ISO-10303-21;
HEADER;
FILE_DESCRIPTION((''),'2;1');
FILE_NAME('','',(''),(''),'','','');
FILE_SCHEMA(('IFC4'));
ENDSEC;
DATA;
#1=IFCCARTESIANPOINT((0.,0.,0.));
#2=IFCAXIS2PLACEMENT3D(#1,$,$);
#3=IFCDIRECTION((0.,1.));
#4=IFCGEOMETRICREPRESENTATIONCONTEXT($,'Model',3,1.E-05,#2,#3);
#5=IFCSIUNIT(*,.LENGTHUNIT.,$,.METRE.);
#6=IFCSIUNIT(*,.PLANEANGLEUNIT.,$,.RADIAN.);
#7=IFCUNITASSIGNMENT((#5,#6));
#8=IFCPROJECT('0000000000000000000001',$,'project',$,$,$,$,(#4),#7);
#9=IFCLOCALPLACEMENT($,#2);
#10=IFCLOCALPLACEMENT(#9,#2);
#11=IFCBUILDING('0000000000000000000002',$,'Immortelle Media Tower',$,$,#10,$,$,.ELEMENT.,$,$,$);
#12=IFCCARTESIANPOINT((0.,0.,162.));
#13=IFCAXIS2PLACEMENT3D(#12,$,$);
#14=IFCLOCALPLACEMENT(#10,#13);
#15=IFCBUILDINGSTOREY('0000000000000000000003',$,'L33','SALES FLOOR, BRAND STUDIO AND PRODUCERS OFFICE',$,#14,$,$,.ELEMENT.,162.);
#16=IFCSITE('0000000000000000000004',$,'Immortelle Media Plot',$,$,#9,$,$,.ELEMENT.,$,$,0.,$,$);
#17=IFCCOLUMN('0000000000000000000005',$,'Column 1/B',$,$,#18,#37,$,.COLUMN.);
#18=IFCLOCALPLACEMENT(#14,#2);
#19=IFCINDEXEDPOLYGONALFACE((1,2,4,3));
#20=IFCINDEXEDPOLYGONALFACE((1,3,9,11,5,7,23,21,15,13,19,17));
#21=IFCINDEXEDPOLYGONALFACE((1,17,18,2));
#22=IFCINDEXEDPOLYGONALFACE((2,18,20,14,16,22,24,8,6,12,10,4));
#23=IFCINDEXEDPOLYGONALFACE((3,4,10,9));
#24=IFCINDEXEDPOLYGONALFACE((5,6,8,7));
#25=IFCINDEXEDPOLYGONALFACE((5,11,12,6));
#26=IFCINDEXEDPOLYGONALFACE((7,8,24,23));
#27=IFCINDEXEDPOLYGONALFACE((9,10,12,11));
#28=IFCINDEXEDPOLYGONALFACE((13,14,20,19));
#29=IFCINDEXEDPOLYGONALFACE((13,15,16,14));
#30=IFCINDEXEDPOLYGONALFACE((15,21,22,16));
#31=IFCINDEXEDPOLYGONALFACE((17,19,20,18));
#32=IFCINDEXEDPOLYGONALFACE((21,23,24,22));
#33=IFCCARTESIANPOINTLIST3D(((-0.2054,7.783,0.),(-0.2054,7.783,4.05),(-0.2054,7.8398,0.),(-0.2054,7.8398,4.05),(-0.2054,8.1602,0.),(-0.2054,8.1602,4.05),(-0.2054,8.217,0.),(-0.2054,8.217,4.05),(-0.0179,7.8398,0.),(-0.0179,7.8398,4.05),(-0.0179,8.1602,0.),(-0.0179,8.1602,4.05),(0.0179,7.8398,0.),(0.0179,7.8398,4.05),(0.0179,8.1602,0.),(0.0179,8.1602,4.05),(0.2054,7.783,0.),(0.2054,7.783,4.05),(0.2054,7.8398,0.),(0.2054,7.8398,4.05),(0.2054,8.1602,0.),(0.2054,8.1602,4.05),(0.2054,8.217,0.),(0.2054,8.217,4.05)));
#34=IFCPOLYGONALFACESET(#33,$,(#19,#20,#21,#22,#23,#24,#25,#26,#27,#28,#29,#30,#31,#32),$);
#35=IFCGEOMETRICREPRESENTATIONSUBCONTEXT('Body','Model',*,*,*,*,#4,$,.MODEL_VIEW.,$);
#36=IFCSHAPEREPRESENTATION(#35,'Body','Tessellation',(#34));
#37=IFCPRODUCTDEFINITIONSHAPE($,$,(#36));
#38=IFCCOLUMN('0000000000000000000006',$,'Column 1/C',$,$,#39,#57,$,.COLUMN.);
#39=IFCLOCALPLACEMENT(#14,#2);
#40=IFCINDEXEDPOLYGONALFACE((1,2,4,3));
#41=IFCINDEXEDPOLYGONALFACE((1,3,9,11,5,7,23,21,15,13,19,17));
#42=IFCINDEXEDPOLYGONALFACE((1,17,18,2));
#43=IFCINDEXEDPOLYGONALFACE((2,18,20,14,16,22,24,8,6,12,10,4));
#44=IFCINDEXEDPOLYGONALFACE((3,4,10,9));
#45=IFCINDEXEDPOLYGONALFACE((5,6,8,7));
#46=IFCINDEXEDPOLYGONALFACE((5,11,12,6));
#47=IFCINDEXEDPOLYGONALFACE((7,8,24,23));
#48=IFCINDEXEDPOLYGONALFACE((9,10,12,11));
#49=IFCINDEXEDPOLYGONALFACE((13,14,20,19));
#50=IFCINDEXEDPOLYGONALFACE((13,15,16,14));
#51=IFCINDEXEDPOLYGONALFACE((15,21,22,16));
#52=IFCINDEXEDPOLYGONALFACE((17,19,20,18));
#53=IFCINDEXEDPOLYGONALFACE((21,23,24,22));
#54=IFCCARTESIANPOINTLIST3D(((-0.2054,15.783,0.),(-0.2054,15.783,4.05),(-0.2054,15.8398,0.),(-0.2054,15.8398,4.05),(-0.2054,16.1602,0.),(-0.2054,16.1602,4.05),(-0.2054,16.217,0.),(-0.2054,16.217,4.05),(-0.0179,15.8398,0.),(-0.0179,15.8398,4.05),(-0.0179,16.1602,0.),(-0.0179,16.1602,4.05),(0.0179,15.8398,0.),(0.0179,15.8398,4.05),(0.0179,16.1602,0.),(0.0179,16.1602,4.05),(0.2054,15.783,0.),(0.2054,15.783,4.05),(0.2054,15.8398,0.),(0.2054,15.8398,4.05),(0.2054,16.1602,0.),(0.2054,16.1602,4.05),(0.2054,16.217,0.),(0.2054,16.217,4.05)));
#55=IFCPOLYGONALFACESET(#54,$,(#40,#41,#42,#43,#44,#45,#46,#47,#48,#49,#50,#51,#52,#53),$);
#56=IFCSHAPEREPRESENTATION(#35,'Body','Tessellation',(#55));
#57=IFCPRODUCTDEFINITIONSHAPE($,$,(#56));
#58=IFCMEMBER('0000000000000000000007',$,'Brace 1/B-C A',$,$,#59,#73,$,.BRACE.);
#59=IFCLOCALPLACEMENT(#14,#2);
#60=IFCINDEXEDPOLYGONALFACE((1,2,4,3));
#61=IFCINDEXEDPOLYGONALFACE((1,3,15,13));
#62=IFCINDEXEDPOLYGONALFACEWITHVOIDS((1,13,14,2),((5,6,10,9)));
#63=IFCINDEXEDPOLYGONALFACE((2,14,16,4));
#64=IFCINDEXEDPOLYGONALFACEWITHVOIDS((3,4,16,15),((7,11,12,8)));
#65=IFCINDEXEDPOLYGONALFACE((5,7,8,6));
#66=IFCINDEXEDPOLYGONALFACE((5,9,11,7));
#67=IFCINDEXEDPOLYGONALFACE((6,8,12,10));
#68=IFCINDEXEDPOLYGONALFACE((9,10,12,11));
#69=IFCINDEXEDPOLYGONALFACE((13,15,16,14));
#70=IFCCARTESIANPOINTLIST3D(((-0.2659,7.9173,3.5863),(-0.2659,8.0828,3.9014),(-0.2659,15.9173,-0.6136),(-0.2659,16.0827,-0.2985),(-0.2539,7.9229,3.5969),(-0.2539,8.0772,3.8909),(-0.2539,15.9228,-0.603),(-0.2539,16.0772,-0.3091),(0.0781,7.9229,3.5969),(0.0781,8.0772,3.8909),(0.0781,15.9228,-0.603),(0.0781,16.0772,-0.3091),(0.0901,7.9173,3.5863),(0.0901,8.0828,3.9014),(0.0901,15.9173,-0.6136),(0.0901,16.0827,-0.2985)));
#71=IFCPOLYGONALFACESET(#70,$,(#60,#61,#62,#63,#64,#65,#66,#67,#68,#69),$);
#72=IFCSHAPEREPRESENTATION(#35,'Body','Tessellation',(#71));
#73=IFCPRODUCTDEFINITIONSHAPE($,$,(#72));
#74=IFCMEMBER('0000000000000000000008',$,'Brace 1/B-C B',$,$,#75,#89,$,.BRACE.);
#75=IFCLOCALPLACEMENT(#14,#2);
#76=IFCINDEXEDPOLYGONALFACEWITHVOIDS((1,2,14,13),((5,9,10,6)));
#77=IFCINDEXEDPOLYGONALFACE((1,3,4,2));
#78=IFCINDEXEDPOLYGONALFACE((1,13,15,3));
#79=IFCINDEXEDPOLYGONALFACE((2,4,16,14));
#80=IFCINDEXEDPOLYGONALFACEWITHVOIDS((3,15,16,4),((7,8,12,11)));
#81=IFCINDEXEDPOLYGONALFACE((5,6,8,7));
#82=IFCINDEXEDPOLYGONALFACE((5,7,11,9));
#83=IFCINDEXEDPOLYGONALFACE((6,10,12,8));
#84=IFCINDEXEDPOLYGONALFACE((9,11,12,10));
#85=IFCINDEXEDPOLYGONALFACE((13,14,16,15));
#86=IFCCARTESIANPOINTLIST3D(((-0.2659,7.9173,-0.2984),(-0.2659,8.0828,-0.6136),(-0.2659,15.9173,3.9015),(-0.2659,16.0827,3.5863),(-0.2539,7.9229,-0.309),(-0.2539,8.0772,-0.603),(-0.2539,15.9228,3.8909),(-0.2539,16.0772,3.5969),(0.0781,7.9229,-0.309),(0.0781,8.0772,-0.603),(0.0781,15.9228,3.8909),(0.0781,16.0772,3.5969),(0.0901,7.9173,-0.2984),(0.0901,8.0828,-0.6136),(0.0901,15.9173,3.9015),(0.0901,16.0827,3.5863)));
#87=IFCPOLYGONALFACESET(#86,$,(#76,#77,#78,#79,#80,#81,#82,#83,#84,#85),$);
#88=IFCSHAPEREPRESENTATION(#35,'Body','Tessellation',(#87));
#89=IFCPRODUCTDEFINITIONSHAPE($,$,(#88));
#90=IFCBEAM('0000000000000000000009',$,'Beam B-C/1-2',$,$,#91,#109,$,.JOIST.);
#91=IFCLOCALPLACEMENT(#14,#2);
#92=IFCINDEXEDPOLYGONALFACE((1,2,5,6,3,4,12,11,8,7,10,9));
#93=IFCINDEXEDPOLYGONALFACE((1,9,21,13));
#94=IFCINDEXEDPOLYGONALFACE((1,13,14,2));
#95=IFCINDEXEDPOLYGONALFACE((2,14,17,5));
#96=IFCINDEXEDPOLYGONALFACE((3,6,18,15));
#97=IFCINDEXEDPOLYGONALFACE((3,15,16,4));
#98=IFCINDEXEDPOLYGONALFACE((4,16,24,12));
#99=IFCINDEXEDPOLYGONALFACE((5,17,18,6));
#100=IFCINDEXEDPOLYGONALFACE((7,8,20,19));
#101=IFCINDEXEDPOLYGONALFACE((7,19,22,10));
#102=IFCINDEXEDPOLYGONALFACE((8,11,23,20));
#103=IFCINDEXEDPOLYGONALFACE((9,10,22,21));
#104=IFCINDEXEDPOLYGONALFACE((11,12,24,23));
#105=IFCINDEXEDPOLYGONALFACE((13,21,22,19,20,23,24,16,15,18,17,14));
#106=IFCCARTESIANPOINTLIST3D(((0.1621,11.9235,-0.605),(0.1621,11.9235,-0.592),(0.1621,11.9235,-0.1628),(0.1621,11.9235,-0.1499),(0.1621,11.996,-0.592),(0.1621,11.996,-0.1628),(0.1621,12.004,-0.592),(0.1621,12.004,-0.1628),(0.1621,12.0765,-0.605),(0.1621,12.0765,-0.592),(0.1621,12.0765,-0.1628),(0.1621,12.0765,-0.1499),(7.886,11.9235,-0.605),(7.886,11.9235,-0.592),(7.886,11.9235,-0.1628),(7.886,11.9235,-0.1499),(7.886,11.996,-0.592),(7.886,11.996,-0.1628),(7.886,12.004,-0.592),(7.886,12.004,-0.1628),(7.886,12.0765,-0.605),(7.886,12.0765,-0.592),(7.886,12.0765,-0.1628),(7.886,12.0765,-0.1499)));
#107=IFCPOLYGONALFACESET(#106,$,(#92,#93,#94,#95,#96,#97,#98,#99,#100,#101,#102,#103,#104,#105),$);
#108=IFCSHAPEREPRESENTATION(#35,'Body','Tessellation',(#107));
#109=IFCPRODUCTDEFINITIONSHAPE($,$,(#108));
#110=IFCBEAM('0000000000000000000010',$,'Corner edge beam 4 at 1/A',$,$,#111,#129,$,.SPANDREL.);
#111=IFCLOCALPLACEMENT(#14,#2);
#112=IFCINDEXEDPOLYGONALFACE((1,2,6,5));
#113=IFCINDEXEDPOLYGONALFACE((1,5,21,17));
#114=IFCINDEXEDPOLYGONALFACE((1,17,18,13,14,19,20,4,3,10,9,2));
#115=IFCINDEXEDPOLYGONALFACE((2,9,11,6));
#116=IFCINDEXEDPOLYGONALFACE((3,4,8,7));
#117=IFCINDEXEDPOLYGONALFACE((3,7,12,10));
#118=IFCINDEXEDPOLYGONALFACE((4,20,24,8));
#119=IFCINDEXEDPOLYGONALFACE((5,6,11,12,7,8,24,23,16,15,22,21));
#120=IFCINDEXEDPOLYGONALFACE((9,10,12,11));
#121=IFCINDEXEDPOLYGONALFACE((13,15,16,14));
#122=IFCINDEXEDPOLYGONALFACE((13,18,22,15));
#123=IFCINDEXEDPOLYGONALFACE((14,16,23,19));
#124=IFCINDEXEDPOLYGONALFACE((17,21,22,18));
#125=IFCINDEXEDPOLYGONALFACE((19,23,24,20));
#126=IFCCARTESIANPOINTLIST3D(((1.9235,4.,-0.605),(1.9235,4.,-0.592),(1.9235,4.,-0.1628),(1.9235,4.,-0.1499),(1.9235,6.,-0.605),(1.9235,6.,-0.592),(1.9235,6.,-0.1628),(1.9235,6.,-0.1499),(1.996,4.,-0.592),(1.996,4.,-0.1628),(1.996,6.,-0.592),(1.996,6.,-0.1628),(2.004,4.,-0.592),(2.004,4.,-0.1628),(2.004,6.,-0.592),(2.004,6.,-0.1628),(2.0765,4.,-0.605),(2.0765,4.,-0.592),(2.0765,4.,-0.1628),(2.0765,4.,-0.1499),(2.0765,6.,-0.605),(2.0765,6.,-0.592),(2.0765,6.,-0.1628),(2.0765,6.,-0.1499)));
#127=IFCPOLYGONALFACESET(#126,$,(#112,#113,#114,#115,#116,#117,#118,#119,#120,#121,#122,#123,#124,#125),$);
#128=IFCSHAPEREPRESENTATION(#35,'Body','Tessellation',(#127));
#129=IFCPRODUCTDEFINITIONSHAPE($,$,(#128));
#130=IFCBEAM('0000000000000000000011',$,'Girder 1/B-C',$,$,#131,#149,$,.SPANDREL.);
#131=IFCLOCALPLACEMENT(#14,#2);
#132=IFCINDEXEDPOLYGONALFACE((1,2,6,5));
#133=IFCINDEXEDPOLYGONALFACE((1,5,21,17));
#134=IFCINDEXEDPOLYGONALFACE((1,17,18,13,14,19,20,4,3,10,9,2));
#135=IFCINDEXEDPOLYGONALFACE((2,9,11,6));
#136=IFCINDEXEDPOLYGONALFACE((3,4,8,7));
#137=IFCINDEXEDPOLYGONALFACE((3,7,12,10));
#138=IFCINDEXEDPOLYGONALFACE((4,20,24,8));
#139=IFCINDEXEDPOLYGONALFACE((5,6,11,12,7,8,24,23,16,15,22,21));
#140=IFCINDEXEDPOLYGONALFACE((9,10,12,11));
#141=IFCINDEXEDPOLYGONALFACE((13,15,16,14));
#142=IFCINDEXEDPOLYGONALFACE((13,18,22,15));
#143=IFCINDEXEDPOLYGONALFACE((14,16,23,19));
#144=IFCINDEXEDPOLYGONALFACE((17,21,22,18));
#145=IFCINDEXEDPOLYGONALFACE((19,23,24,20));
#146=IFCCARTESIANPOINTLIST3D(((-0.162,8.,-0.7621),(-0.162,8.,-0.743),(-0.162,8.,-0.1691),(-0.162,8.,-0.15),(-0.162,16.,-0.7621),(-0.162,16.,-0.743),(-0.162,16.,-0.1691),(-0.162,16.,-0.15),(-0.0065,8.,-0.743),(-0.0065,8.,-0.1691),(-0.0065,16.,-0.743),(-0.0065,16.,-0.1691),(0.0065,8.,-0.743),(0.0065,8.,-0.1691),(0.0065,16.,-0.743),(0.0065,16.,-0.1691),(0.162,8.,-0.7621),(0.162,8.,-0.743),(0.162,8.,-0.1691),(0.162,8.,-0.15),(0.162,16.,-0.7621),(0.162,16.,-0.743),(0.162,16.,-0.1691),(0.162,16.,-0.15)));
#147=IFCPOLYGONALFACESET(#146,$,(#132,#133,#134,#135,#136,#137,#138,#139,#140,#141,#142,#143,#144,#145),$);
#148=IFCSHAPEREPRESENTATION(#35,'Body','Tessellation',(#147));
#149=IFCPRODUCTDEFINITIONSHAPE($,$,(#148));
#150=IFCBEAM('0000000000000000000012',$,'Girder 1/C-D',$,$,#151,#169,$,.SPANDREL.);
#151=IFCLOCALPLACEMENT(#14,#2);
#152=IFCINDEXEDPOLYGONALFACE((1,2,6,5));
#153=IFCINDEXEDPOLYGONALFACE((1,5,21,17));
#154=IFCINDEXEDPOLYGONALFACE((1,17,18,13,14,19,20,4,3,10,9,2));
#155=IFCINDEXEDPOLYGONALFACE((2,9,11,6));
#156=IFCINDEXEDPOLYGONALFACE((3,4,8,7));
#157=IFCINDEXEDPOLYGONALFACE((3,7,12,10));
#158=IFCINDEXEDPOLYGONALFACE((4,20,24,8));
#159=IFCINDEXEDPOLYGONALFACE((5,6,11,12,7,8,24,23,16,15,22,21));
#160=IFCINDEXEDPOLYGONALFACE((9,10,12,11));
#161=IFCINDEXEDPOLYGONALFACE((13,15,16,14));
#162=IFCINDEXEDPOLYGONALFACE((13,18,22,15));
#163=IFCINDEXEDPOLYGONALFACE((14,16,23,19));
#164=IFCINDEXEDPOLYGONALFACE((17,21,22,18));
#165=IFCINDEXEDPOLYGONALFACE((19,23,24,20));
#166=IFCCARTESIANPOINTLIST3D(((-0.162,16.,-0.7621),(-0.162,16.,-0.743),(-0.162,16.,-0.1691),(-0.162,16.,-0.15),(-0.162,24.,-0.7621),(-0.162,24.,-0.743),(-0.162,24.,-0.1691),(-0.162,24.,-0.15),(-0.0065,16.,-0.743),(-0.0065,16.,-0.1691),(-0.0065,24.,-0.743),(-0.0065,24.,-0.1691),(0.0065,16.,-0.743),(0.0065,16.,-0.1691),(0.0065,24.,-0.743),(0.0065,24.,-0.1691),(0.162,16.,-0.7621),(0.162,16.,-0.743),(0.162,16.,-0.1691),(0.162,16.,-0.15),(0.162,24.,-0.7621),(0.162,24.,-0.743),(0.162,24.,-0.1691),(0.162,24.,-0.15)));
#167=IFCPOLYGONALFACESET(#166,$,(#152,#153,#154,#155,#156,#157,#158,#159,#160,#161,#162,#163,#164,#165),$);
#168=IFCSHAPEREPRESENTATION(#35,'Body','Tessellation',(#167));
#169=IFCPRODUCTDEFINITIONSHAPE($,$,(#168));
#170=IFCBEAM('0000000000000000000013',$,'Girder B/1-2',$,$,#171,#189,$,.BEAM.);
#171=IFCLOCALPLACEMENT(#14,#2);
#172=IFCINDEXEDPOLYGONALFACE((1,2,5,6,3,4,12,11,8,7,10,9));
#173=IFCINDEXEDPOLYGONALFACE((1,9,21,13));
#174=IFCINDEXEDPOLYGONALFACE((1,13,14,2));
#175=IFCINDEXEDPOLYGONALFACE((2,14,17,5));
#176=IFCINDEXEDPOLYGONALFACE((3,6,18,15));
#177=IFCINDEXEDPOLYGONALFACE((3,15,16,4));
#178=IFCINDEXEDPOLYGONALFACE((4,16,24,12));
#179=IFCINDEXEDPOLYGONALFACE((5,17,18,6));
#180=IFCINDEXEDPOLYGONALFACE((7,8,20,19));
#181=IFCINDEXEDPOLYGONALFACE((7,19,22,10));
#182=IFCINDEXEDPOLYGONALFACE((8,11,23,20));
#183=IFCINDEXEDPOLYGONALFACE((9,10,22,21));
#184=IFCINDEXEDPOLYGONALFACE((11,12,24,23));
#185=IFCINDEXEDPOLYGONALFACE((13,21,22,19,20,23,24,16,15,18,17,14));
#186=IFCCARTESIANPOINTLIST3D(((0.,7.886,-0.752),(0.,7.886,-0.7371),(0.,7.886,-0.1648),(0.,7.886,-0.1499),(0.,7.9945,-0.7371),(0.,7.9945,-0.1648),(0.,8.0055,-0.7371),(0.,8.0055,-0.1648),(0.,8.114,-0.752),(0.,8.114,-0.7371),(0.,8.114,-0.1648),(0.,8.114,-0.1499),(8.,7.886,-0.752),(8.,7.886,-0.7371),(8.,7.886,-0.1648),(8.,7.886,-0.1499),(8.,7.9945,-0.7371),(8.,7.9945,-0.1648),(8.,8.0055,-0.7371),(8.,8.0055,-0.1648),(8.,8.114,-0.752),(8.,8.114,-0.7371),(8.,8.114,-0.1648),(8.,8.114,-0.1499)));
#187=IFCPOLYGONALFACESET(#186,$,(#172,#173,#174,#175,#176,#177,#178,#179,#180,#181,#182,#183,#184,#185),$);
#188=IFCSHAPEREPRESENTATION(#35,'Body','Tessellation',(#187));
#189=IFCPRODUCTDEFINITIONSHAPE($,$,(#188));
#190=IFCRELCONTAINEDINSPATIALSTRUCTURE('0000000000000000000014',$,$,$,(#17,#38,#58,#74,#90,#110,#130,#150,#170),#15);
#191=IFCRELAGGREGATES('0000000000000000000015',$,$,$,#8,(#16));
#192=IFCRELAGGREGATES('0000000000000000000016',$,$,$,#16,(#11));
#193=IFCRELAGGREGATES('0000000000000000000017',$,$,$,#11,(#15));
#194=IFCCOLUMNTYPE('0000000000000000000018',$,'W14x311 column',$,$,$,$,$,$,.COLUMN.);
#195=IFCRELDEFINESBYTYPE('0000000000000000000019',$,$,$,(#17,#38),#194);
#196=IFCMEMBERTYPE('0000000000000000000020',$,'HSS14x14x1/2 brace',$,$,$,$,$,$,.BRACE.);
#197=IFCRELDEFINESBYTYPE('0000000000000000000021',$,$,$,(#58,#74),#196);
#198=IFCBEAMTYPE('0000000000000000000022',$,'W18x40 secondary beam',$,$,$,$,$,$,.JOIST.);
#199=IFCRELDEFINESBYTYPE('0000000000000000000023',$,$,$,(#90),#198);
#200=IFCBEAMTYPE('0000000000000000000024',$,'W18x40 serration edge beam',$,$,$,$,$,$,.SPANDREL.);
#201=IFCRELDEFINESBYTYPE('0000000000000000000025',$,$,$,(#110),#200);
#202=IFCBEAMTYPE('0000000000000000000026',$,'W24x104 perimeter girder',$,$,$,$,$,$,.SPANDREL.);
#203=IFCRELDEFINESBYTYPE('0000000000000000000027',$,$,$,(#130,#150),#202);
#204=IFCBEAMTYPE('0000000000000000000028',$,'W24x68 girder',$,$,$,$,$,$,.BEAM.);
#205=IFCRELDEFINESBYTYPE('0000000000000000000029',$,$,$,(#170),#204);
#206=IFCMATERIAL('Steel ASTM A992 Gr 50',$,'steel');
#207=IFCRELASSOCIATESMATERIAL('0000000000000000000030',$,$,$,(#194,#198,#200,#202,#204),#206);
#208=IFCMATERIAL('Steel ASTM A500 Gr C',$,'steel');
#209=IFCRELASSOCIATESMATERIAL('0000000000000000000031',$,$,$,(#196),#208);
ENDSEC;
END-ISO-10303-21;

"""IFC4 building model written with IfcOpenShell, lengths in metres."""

from ifc_helpers import new_model, si_unit, direction, frame, origin, origin_2d, place, context, subcontext, project, spatial, hollow_rectangle, i_section, extrude, material, material_profile, profile_set, type_object, element, save


model = new_model("IFC4")

# Units and contexts
model_context = context("Model", 3, precision=1e-05, world=origin(), true_north=direction((0.0, 1.0)))
body_context = subcontext(model_context, "Body", "Model", "MODEL_VIEW")
ifc_project = project(units=[si_unit("LENGTHUNIT", "METRE"), si_unit("PLANEANGLEUNIT", "RADIAN")], contexts=[model_context])

# Site, building, storey
site_placement = place(None, origin())
site = spatial("IfcSite", under=ifc_project, at=site_placement, Name="Immortelle Media Plot", CompositionType="ELEMENT", RefElevation=0.0)
building_placement = place(site_placement, origin())
building = spatial("IfcBuilding", under=site, at=building_placement, Name="Immortelle Media Tower", CompositionType="ELEMENT")
storey_placement = place(building_placement, frame((0.0, 0.0, 162.0)))
storey = spatial("IfcBuildingStorey", under=building, at=storey_placement, Name="L33", Description="SALES FLOOR, BRAND STUDIO AND PRODUCERS OFFICE", CompositionType="ELEMENT", Elevation=162.0)

# Columns
ifc_material_1 = material(Name="Steel ASTM A992 Gr 50", Category="steel")
ifc_material_profile_1 = material_profile(ifc_material_1, i_section(OverallWidth=0.4109, OverallDepth=0.4341, WebThickness=0.0359, FlangeThickness=0.0569, at=origin_2d()), Name="W14x311")
ifc_profile_set_1 = profile_set([ifc_material_profile_1], Name="Steel ASTM A992 Gr 50")
column_type = type_object("IfcColumnType", Name="W14x311 column", PredefinedType="COLUMN", material=ifc_profile_set_1)
for number, where, z_axis, x_axis, name in (
    (1, (0.0, 8.0, 0.0), (0.0, 0.0, 1.0), (1.0, 0.0, 0.0), "Column 1/B"),
    (2, (0.0, 16.0, 0.0), (0.0, 0.0, 1.0), (1.0, 0.0, 0.0), "Column 1/C"),
):
    element("IfcColumn", number, at=place(storey_placement, frame(where, z_axis=z_axis, x_axis=x_axis)), inside=storey, type_object=column_type, Name=name, PredefinedType="COLUMN", context=body_context, shape_type="SweptSolid", body=[
        extrude(i_section(OverallWidth=0.4109, OverallDepth=0.4341, WebThickness=0.0359, FlangeThickness=0.0569, at=origin_2d()), origin(), (0.0, 0.0, 1.0), 4.05),
    ])

# Members
ifc_material_2 = material(Name="Steel ASTM A500 Gr C", Category="steel")
ifc_material_profile_2 = material_profile(ifc_material_2, hollow_rectangle(XDim=0.356, YDim=0.356, WallThickness=0.012, at=origin_2d()), Name="HSS14x14x1/2 brace")
ifc_profile_set_2 = profile_set([ifc_material_profile_2], Name="Steel ASTM A500 Gr C")
member_type = type_object("IfcMemberType", Name="HSS14x14x1/2 brace", PredefinedType="BRACE", material=ifc_profile_set_2)
for number, where, z_axis, x_axis, name in (
    (3, (-0.0879, 16.0, -0.4561), (0.0, -0.8854, 0.46483), (1.0, 0.0, 0.0), "Brace 1/B-C A"),
    (4, (-0.0879, 16.0, 3.7439), (0.0, -0.8854, -0.46483), (1.0, 0.0, 0.0), "Brace 1/B-C B"),
):
    element("IfcMember", number, at=place(storey_placement, frame(where, z_axis=z_axis, x_axis=x_axis)), inside=storey, type_object=member_type, Name=name, PredefinedType="BRACE", context=body_context, shape_type="SweptSolid", body=[
        extrude(hollow_rectangle(XDim=0.356, YDim=0.356, WallThickness=0.012, at=origin_2d()), origin(), (0.0, 0.0, 1.0), 9.0354),
    ])

# Beams
ifc_material_profile_3 = material_profile(ifc_material_1, i_section(OverallWidth=0.1531, OverallDepth=0.4551, WebThickness=0.0081, FlangeThickness=0.0129, at=origin_2d()), Name="W18x40")
ifc_profile_set_3 = profile_set([ifc_material_profile_3], Name="Steel ASTM A992 Gr 50")
beam_type_1 = type_object("IfcBeamType", Name="W18x40 secondary beam", PredefinedType="JOIST", material=ifc_profile_set_3)
beam_1_placement = place(storey_placement, frame((0.1621, 12.0, -0.3774), z_axis=(1.0, 0.0, 0.0), x_axis=(0.0, 1.0, 0.0)))
element("IfcBeam", 5, at=beam_1_placement, inside=storey, type_object=beam_type_1, Name="Beam B-C/1-2", PredefinedType="JOIST", context=body_context, shape_type="SweptSolid", body=[
    extrude(i_section(OverallWidth=0.1531, OverallDepth=0.4551, WebThickness=0.0081, FlangeThickness=0.0129, at=origin_2d()), origin(), (0.0, 0.0, 1.0), 7.7239),
])
ifc_material_profile_4 = material_profile(ifc_material_1, i_section(OverallWidth=0.1531, OverallDepth=0.4551, WebThickness=0.0081, FlangeThickness=0.0129, at=origin_2d()), Name="W18x40")
ifc_profile_set_4 = profile_set([ifc_material_profile_4], Name="Steel ASTM A992 Gr 50")
beam_type_2 = type_object("IfcBeamType", Name="W18x40 serration edge beam", PredefinedType="SPANDREL", material=ifc_profile_set_4)
beam_2_placement = place(storey_placement, frame((2.0, 4.0, -0.3774), z_axis=(0.0, 1.0, 0.0), x_axis=(-1.0, 0.0, 0.0)))
element("IfcBeam", 6, at=beam_2_placement, inside=storey, type_object=beam_type_2, Name="Corner edge beam 4 at 1/A", PredefinedType="SPANDREL", context=body_context, shape_type="SweptSolid", body=[
    extrude(i_section(OverallWidth=0.1531, OverallDepth=0.4551, WebThickness=0.0081, FlangeThickness=0.0129, at=origin_2d()), origin(), (0.0, 0.0, 1.0), 2.0),
])
ifc_material_profile_5 = material_profile(ifc_material_1, i_section(OverallWidth=0.324, OverallDepth=0.6121, WebThickness=0.0129, FlangeThickness=0.019, at=origin_2d()), Name="W24x104")
ifc_profile_set_5 = profile_set([ifc_material_profile_5], Name="Steel ASTM A992 Gr 50")
beam_type_3 = type_object("IfcBeamType", Name="W24x104 perimeter girder", PredefinedType="SPANDREL", material=ifc_profile_set_5)
for number, where, z_axis, x_axis, name in (
    (7, (0.0, 8.0, -0.4561), (0.0, 1.0, 0.0), (-1.0, 0.0, 0.0), "Girder 1/B-C"),
    (8, (0.0, 16.0, -0.4561), (0.0, 1.0, 0.0), (-1.0, 0.0, 0.0), "Girder 1/C-D"),
):
    element("IfcBeam", number, at=place(storey_placement, frame(where, z_axis=z_axis, x_axis=x_axis)), inside=storey, type_object=beam_type_3, Name=name, PredefinedType="SPANDREL", context=body_context, shape_type="SweptSolid", body=[
        extrude(i_section(OverallWidth=0.324, OverallDepth=0.6121, WebThickness=0.0129, FlangeThickness=0.019, at=origin_2d()), origin(), (0.0, 0.0, 1.0), 8.0),
    ])
ifc_material_profile_6 = material_profile(ifc_material_1, i_section(OverallWidth=0.228, OverallDepth=0.6021, WebThickness=0.011, FlangeThickness=0.0149, at=origin_2d()), Name="W24x68")
ifc_profile_set_6 = profile_set([ifc_material_profile_6], Name="Steel ASTM A992 Gr 50")
beam_type_4 = type_object("IfcBeamType", Name="W24x68 girder", PredefinedType="BEAM", material=ifc_profile_set_6)
for number, where, z_axis, x_axis, name in (
    (9, (0.0, 8.0, -0.4509), (1.0, 0.0, 0.0), (0.0, 1.0, 0.0), "Girder B/1-2"),
):
    element("IfcBeam", number, at=place(storey_placement, frame(where, z_axis=z_axis, x_axis=x_axis)), inside=storey, type_object=beam_type_4, Name=name, PredefinedType="BEAM", context=body_context, shape_type="SweptSolid", body=[
        extrude(i_section(OverallWidth=0.228, OverallDepth=0.6021, WebThickness=0.011, FlangeThickness=0.0149, at=origin_2d()), origin(), (0.0, 0.0, 1.0), 8.0),
    ])

save(model, "model.ifc")
